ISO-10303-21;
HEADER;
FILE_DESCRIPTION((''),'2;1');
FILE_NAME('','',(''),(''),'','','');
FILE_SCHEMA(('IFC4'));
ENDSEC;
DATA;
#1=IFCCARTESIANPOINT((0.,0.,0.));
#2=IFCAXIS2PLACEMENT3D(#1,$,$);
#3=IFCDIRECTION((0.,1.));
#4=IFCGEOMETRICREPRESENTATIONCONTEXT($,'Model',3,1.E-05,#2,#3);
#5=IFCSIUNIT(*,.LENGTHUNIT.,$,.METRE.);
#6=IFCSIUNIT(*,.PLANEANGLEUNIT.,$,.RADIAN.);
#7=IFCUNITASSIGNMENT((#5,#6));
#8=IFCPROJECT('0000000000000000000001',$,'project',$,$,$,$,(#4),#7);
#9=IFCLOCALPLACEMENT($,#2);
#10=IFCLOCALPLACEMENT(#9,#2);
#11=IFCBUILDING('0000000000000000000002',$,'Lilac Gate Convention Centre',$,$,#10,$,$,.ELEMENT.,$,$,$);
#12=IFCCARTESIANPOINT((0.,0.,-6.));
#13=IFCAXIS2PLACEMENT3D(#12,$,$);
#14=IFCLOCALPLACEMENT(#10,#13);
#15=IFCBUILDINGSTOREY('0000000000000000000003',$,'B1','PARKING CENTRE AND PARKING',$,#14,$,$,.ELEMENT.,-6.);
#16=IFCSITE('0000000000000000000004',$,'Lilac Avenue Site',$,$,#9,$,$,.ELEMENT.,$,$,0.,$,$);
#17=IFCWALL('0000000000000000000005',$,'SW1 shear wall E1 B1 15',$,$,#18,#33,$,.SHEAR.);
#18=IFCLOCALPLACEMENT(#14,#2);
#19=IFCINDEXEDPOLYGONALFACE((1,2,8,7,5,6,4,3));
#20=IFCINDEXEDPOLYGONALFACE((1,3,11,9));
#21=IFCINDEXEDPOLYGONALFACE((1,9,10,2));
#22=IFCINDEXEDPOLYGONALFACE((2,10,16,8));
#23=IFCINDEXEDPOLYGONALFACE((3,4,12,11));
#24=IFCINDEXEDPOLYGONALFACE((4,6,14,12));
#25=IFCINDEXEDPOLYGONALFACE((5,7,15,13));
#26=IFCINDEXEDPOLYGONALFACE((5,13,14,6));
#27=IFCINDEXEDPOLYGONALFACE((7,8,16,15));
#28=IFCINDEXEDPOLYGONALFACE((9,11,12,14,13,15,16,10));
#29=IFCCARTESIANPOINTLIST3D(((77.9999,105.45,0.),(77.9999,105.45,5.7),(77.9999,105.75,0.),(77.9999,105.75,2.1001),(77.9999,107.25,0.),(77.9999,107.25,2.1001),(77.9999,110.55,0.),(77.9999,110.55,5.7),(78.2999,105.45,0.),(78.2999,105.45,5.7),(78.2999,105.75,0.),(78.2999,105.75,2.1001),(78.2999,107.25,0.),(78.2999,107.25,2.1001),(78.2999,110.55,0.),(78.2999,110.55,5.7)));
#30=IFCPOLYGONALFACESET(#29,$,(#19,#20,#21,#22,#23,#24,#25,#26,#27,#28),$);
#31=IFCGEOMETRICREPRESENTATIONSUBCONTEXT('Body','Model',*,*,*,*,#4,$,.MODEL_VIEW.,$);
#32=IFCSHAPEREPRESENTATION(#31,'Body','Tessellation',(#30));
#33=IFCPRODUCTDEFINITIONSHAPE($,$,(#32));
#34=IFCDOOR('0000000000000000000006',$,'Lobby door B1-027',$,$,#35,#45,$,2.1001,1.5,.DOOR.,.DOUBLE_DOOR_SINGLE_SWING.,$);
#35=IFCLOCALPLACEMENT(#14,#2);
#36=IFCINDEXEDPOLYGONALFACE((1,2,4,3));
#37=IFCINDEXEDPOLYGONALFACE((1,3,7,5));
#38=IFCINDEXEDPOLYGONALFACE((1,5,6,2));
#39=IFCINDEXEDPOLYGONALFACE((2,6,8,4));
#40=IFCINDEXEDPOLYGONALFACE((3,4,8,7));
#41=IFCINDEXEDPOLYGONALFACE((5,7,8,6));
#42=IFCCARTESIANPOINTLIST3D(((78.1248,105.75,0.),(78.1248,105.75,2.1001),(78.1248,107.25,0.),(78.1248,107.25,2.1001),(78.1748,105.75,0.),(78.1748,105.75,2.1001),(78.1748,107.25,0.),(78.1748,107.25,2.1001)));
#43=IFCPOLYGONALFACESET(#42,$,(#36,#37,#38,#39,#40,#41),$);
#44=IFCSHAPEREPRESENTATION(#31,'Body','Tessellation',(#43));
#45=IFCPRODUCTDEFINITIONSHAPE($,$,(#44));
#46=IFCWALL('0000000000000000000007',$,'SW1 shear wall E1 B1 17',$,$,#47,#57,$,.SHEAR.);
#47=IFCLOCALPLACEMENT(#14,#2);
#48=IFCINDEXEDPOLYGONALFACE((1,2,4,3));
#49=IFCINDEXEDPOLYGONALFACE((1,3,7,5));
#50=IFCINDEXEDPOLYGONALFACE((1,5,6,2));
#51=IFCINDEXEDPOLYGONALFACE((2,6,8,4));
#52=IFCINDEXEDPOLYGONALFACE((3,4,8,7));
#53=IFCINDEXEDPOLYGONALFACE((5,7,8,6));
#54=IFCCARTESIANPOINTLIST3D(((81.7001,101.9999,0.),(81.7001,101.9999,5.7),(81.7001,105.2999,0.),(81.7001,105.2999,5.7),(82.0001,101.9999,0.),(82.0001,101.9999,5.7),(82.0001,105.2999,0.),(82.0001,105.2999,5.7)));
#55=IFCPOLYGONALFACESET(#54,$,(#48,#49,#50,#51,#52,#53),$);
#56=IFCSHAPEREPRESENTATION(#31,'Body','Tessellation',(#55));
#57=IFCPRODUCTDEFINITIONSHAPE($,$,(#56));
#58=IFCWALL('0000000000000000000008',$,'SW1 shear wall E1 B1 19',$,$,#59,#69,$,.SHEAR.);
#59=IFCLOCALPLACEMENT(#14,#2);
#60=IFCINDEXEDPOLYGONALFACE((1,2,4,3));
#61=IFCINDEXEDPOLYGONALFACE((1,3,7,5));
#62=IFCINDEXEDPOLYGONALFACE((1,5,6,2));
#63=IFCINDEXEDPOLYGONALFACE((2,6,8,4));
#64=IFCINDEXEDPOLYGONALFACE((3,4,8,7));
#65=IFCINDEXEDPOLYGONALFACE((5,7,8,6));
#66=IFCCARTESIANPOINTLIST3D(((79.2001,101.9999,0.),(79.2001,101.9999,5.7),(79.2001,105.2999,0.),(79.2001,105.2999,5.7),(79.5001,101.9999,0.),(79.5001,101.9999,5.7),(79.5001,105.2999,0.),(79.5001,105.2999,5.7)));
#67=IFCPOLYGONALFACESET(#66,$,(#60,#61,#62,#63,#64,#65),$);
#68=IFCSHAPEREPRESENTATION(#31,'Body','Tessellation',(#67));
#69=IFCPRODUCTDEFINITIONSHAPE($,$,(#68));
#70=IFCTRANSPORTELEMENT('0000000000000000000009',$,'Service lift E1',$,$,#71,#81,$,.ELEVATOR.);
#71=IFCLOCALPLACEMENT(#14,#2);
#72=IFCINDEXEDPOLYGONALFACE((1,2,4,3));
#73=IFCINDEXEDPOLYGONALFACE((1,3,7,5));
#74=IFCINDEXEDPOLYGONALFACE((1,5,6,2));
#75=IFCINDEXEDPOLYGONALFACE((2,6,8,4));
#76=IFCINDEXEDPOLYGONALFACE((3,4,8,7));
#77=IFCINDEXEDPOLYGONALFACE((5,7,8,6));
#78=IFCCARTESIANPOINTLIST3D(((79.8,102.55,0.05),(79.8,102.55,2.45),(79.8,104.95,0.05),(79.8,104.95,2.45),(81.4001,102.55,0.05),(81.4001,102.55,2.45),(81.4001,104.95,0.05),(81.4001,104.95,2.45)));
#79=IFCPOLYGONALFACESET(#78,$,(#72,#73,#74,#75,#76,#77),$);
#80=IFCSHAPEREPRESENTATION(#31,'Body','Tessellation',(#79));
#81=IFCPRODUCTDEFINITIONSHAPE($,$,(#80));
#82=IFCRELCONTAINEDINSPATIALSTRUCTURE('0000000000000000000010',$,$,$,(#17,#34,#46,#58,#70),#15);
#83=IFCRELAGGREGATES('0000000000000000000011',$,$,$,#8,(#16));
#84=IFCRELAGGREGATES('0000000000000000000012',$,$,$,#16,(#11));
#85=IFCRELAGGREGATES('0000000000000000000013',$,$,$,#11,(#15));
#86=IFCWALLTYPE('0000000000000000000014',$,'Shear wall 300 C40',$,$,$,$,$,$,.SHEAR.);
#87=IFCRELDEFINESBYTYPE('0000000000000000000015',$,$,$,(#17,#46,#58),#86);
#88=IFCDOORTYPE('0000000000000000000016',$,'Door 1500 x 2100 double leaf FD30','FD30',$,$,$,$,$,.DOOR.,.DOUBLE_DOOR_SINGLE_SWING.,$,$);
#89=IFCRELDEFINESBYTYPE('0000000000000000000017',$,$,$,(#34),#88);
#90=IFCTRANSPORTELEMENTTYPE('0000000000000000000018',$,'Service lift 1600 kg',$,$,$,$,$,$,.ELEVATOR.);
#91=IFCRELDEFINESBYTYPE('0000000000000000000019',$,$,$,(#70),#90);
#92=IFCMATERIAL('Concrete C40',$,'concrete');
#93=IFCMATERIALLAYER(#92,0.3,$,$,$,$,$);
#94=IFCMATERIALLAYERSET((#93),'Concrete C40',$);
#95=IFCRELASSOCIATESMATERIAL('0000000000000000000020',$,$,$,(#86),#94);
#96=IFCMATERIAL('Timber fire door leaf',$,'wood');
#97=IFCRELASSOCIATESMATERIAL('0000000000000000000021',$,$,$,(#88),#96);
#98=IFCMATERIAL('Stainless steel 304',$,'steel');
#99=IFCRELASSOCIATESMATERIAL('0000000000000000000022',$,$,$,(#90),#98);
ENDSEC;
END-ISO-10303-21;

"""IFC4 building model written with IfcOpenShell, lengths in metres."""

from ifc_helpers import new_model, si_unit, direction, frame, frame_2d, origin, origin_2d, place, context, subcontext, project, spatial, rectangle, extrude, material, layer, layer_set, type_object, element, fill, save


model = new_model("IFC4")

# Units and contexts
model_context = context("Model", 3, precision=1e-05, world=origin(), true_north=direction((0.0, 1.0)))
body_context = subcontext(model_context, "Body", "Model", "MODEL_VIEW")
ifc_project = project(units=[si_unit("LENGTHUNIT", "METRE"), si_unit("PLANEANGLEUNIT", "RADIAN")], contexts=[model_context])

# Site, building, storey
site_placement = place(None, origin())
site = spatial("IfcSite", under=ifc_project, at=site_placement, Name="Lilac Avenue Site", CompositionType="ELEMENT", RefElevation=0.0)
building_placement = place(site_placement, origin())
building = spatial("IfcBuilding", under=site, at=building_placement, Name="Lilac Gate Convention Centre", CompositionType="ELEMENT")
storey_placement = place(building_placement, frame((0.0, 0.0, -6.0)))
storey = spatial("IfcBuildingStorey", under=building, at=storey_placement, Name="B1", Description="PARKING CENTRE AND PARKING", CompositionType="ELEMENT", Elevation=-6.0)

# Shared definitions
ifc_material_1 = material(Name="Concrete C40", Category="concrete")

# Shared definitions
ifc_layer_1 = layer(ifc_material_1, 0.3)
ifc_layer_set_1 = layer_set([ifc_layer_1], Name="Concrete C40")
wall_type_1 = type_object("IfcWallType", Name="Shear wall 300 C40", PredefinedType="SHEAR", material=ifc_layer_set_1)

# Wall, opening, door
wall_1_placement = place(storey_placement, frame((78.1499, 105.45, 0.0), z_axis=(0.0, 0.0, 1.0), x_axis=(0.0, 1.0, 0.0)))
wall_1 = element("IfcWall", 1, at=wall_1_placement, inside=storey, type_object=wall_type_1, Name="SW1 shear wall E1 B1 15", PredefinedType="SHEAR", context=body_context, shape_type="SweptSolid", body=[
    extrude(rectangle(XDim=5.1001, YDim=0.3, at=frame_2d((2.55, 0.0))), origin(), (0.0, 0.0, 1.0), 5.7),
])
opening_placement = place(wall_1_placement, frame((0.3, 0.0, 0.0)))
opening = element("IfcOpeningElement", 2, at=opening_placement, cuts=wall_1, PredefinedType="OPENING", context=body_context, shape_type="SweptSolid", body=[
    extrude(rectangle(XDim=1.5, YDim=2.1001, at=frame_2d((0.75, 1.05))), frame((0.0, 0.1599, 0.0), z_axis=(0.0, -1.0, 0.0), x_axis=(1.0, 0.0, 0.0)), (0.0, 0.0, 1.0), 0.3201),
])
ifc_material_2 = material(Name="Timber fire door leaf", Category="wood")
door_type = type_object("IfcDoorType", Name="Door 1500 x 2100 double leaf FD30", Description="FD30", OperationType="DOUBLE_DOOR_SINGLE_SWING", PredefinedType="DOOR", material=ifc_material_2)
door_placement = place(opening_placement, frame((1.5, 0.0, 0.0), z_axis=(0.0, 0.0, 1.0), x_axis=(-1.0, 0.0, 0.0)))
door = element("IfcDoor", 3, at=door_placement, inside=storey, type_object=door_type, Name="Lobby door B1-027", OperationType="DOUBLE_DOOR_SINGLE_SWING", OverallHeight=2.1001, OverallWidth=1.5, PredefinedType="DOOR", context=body_context, shape_type="SweptSolid", body=[
    extrude(rectangle(XDim=1.5, YDim=2.1001, at=frame_2d((0.75, 1.05))), frame((0.0, 0.0249, 0.0), z_axis=(0.0, -1.0, 0.0), x_axis=(1.0, 0.0, 0.0)), (0.0, 0.0, 1.0), 0.05),
])
fill(opening, door)

# Walls
for number, where, z_axis, x_axis, name in (
    (4, (81.8501, 102.0, 0.0), (0.0, 0.0, 1.0), (0.0, 1.0, 0.0), "SW1 shear wall E1 B1 17"),
    (5, (79.3501, 102.0, 0.0), (0.0, 0.0, 1.0), (0.0, 1.0, 0.0), "SW1 shear wall E1 B1 19"),
):
    element("IfcWall", number, at=place(storey_placement, frame(where, z_axis=z_axis, x_axis=x_axis)), inside=storey, type_object=wall_type_1, Name=name, PredefinedType="SHEAR", context=body_context, shape_type="SweptSolid", body=[
        extrude(rectangle(XDim=3.3, YDim=0.3, at=frame_2d((1.6499, 0.0))), origin(), (0.0, 0.0, 1.0), 5.7),
    ])

# Transport element
ifc_material_3 = material(Name="Stainless steel 304", Category="steel")
transport_element_type = type_object("IfcTransportElementType", Name="Service lift 1600 kg", PredefinedType="ELEVATOR", material=ifc_material_3)
transport_element_placement = place(storey_placement, frame((80.6001, 103.75, 0.05), z_axis=(0.0, 0.0, 1.0), x_axis=(1.0, 0.0, 0.0)))
element("IfcTransportElement", 6, at=transport_element_placement, inside=storey, type_object=transport_element_type, Name="Service lift E1", PredefinedType="ELEVATOR", context=body_context, shape_type="SweptSolid", body=[
    extrude(rectangle(XDim=1.6001, YDim=2.3999, at=origin_2d()), origin(), (0.0, 0.0, 1.0), 2.3999),
])

save(model, "model.ifc")
